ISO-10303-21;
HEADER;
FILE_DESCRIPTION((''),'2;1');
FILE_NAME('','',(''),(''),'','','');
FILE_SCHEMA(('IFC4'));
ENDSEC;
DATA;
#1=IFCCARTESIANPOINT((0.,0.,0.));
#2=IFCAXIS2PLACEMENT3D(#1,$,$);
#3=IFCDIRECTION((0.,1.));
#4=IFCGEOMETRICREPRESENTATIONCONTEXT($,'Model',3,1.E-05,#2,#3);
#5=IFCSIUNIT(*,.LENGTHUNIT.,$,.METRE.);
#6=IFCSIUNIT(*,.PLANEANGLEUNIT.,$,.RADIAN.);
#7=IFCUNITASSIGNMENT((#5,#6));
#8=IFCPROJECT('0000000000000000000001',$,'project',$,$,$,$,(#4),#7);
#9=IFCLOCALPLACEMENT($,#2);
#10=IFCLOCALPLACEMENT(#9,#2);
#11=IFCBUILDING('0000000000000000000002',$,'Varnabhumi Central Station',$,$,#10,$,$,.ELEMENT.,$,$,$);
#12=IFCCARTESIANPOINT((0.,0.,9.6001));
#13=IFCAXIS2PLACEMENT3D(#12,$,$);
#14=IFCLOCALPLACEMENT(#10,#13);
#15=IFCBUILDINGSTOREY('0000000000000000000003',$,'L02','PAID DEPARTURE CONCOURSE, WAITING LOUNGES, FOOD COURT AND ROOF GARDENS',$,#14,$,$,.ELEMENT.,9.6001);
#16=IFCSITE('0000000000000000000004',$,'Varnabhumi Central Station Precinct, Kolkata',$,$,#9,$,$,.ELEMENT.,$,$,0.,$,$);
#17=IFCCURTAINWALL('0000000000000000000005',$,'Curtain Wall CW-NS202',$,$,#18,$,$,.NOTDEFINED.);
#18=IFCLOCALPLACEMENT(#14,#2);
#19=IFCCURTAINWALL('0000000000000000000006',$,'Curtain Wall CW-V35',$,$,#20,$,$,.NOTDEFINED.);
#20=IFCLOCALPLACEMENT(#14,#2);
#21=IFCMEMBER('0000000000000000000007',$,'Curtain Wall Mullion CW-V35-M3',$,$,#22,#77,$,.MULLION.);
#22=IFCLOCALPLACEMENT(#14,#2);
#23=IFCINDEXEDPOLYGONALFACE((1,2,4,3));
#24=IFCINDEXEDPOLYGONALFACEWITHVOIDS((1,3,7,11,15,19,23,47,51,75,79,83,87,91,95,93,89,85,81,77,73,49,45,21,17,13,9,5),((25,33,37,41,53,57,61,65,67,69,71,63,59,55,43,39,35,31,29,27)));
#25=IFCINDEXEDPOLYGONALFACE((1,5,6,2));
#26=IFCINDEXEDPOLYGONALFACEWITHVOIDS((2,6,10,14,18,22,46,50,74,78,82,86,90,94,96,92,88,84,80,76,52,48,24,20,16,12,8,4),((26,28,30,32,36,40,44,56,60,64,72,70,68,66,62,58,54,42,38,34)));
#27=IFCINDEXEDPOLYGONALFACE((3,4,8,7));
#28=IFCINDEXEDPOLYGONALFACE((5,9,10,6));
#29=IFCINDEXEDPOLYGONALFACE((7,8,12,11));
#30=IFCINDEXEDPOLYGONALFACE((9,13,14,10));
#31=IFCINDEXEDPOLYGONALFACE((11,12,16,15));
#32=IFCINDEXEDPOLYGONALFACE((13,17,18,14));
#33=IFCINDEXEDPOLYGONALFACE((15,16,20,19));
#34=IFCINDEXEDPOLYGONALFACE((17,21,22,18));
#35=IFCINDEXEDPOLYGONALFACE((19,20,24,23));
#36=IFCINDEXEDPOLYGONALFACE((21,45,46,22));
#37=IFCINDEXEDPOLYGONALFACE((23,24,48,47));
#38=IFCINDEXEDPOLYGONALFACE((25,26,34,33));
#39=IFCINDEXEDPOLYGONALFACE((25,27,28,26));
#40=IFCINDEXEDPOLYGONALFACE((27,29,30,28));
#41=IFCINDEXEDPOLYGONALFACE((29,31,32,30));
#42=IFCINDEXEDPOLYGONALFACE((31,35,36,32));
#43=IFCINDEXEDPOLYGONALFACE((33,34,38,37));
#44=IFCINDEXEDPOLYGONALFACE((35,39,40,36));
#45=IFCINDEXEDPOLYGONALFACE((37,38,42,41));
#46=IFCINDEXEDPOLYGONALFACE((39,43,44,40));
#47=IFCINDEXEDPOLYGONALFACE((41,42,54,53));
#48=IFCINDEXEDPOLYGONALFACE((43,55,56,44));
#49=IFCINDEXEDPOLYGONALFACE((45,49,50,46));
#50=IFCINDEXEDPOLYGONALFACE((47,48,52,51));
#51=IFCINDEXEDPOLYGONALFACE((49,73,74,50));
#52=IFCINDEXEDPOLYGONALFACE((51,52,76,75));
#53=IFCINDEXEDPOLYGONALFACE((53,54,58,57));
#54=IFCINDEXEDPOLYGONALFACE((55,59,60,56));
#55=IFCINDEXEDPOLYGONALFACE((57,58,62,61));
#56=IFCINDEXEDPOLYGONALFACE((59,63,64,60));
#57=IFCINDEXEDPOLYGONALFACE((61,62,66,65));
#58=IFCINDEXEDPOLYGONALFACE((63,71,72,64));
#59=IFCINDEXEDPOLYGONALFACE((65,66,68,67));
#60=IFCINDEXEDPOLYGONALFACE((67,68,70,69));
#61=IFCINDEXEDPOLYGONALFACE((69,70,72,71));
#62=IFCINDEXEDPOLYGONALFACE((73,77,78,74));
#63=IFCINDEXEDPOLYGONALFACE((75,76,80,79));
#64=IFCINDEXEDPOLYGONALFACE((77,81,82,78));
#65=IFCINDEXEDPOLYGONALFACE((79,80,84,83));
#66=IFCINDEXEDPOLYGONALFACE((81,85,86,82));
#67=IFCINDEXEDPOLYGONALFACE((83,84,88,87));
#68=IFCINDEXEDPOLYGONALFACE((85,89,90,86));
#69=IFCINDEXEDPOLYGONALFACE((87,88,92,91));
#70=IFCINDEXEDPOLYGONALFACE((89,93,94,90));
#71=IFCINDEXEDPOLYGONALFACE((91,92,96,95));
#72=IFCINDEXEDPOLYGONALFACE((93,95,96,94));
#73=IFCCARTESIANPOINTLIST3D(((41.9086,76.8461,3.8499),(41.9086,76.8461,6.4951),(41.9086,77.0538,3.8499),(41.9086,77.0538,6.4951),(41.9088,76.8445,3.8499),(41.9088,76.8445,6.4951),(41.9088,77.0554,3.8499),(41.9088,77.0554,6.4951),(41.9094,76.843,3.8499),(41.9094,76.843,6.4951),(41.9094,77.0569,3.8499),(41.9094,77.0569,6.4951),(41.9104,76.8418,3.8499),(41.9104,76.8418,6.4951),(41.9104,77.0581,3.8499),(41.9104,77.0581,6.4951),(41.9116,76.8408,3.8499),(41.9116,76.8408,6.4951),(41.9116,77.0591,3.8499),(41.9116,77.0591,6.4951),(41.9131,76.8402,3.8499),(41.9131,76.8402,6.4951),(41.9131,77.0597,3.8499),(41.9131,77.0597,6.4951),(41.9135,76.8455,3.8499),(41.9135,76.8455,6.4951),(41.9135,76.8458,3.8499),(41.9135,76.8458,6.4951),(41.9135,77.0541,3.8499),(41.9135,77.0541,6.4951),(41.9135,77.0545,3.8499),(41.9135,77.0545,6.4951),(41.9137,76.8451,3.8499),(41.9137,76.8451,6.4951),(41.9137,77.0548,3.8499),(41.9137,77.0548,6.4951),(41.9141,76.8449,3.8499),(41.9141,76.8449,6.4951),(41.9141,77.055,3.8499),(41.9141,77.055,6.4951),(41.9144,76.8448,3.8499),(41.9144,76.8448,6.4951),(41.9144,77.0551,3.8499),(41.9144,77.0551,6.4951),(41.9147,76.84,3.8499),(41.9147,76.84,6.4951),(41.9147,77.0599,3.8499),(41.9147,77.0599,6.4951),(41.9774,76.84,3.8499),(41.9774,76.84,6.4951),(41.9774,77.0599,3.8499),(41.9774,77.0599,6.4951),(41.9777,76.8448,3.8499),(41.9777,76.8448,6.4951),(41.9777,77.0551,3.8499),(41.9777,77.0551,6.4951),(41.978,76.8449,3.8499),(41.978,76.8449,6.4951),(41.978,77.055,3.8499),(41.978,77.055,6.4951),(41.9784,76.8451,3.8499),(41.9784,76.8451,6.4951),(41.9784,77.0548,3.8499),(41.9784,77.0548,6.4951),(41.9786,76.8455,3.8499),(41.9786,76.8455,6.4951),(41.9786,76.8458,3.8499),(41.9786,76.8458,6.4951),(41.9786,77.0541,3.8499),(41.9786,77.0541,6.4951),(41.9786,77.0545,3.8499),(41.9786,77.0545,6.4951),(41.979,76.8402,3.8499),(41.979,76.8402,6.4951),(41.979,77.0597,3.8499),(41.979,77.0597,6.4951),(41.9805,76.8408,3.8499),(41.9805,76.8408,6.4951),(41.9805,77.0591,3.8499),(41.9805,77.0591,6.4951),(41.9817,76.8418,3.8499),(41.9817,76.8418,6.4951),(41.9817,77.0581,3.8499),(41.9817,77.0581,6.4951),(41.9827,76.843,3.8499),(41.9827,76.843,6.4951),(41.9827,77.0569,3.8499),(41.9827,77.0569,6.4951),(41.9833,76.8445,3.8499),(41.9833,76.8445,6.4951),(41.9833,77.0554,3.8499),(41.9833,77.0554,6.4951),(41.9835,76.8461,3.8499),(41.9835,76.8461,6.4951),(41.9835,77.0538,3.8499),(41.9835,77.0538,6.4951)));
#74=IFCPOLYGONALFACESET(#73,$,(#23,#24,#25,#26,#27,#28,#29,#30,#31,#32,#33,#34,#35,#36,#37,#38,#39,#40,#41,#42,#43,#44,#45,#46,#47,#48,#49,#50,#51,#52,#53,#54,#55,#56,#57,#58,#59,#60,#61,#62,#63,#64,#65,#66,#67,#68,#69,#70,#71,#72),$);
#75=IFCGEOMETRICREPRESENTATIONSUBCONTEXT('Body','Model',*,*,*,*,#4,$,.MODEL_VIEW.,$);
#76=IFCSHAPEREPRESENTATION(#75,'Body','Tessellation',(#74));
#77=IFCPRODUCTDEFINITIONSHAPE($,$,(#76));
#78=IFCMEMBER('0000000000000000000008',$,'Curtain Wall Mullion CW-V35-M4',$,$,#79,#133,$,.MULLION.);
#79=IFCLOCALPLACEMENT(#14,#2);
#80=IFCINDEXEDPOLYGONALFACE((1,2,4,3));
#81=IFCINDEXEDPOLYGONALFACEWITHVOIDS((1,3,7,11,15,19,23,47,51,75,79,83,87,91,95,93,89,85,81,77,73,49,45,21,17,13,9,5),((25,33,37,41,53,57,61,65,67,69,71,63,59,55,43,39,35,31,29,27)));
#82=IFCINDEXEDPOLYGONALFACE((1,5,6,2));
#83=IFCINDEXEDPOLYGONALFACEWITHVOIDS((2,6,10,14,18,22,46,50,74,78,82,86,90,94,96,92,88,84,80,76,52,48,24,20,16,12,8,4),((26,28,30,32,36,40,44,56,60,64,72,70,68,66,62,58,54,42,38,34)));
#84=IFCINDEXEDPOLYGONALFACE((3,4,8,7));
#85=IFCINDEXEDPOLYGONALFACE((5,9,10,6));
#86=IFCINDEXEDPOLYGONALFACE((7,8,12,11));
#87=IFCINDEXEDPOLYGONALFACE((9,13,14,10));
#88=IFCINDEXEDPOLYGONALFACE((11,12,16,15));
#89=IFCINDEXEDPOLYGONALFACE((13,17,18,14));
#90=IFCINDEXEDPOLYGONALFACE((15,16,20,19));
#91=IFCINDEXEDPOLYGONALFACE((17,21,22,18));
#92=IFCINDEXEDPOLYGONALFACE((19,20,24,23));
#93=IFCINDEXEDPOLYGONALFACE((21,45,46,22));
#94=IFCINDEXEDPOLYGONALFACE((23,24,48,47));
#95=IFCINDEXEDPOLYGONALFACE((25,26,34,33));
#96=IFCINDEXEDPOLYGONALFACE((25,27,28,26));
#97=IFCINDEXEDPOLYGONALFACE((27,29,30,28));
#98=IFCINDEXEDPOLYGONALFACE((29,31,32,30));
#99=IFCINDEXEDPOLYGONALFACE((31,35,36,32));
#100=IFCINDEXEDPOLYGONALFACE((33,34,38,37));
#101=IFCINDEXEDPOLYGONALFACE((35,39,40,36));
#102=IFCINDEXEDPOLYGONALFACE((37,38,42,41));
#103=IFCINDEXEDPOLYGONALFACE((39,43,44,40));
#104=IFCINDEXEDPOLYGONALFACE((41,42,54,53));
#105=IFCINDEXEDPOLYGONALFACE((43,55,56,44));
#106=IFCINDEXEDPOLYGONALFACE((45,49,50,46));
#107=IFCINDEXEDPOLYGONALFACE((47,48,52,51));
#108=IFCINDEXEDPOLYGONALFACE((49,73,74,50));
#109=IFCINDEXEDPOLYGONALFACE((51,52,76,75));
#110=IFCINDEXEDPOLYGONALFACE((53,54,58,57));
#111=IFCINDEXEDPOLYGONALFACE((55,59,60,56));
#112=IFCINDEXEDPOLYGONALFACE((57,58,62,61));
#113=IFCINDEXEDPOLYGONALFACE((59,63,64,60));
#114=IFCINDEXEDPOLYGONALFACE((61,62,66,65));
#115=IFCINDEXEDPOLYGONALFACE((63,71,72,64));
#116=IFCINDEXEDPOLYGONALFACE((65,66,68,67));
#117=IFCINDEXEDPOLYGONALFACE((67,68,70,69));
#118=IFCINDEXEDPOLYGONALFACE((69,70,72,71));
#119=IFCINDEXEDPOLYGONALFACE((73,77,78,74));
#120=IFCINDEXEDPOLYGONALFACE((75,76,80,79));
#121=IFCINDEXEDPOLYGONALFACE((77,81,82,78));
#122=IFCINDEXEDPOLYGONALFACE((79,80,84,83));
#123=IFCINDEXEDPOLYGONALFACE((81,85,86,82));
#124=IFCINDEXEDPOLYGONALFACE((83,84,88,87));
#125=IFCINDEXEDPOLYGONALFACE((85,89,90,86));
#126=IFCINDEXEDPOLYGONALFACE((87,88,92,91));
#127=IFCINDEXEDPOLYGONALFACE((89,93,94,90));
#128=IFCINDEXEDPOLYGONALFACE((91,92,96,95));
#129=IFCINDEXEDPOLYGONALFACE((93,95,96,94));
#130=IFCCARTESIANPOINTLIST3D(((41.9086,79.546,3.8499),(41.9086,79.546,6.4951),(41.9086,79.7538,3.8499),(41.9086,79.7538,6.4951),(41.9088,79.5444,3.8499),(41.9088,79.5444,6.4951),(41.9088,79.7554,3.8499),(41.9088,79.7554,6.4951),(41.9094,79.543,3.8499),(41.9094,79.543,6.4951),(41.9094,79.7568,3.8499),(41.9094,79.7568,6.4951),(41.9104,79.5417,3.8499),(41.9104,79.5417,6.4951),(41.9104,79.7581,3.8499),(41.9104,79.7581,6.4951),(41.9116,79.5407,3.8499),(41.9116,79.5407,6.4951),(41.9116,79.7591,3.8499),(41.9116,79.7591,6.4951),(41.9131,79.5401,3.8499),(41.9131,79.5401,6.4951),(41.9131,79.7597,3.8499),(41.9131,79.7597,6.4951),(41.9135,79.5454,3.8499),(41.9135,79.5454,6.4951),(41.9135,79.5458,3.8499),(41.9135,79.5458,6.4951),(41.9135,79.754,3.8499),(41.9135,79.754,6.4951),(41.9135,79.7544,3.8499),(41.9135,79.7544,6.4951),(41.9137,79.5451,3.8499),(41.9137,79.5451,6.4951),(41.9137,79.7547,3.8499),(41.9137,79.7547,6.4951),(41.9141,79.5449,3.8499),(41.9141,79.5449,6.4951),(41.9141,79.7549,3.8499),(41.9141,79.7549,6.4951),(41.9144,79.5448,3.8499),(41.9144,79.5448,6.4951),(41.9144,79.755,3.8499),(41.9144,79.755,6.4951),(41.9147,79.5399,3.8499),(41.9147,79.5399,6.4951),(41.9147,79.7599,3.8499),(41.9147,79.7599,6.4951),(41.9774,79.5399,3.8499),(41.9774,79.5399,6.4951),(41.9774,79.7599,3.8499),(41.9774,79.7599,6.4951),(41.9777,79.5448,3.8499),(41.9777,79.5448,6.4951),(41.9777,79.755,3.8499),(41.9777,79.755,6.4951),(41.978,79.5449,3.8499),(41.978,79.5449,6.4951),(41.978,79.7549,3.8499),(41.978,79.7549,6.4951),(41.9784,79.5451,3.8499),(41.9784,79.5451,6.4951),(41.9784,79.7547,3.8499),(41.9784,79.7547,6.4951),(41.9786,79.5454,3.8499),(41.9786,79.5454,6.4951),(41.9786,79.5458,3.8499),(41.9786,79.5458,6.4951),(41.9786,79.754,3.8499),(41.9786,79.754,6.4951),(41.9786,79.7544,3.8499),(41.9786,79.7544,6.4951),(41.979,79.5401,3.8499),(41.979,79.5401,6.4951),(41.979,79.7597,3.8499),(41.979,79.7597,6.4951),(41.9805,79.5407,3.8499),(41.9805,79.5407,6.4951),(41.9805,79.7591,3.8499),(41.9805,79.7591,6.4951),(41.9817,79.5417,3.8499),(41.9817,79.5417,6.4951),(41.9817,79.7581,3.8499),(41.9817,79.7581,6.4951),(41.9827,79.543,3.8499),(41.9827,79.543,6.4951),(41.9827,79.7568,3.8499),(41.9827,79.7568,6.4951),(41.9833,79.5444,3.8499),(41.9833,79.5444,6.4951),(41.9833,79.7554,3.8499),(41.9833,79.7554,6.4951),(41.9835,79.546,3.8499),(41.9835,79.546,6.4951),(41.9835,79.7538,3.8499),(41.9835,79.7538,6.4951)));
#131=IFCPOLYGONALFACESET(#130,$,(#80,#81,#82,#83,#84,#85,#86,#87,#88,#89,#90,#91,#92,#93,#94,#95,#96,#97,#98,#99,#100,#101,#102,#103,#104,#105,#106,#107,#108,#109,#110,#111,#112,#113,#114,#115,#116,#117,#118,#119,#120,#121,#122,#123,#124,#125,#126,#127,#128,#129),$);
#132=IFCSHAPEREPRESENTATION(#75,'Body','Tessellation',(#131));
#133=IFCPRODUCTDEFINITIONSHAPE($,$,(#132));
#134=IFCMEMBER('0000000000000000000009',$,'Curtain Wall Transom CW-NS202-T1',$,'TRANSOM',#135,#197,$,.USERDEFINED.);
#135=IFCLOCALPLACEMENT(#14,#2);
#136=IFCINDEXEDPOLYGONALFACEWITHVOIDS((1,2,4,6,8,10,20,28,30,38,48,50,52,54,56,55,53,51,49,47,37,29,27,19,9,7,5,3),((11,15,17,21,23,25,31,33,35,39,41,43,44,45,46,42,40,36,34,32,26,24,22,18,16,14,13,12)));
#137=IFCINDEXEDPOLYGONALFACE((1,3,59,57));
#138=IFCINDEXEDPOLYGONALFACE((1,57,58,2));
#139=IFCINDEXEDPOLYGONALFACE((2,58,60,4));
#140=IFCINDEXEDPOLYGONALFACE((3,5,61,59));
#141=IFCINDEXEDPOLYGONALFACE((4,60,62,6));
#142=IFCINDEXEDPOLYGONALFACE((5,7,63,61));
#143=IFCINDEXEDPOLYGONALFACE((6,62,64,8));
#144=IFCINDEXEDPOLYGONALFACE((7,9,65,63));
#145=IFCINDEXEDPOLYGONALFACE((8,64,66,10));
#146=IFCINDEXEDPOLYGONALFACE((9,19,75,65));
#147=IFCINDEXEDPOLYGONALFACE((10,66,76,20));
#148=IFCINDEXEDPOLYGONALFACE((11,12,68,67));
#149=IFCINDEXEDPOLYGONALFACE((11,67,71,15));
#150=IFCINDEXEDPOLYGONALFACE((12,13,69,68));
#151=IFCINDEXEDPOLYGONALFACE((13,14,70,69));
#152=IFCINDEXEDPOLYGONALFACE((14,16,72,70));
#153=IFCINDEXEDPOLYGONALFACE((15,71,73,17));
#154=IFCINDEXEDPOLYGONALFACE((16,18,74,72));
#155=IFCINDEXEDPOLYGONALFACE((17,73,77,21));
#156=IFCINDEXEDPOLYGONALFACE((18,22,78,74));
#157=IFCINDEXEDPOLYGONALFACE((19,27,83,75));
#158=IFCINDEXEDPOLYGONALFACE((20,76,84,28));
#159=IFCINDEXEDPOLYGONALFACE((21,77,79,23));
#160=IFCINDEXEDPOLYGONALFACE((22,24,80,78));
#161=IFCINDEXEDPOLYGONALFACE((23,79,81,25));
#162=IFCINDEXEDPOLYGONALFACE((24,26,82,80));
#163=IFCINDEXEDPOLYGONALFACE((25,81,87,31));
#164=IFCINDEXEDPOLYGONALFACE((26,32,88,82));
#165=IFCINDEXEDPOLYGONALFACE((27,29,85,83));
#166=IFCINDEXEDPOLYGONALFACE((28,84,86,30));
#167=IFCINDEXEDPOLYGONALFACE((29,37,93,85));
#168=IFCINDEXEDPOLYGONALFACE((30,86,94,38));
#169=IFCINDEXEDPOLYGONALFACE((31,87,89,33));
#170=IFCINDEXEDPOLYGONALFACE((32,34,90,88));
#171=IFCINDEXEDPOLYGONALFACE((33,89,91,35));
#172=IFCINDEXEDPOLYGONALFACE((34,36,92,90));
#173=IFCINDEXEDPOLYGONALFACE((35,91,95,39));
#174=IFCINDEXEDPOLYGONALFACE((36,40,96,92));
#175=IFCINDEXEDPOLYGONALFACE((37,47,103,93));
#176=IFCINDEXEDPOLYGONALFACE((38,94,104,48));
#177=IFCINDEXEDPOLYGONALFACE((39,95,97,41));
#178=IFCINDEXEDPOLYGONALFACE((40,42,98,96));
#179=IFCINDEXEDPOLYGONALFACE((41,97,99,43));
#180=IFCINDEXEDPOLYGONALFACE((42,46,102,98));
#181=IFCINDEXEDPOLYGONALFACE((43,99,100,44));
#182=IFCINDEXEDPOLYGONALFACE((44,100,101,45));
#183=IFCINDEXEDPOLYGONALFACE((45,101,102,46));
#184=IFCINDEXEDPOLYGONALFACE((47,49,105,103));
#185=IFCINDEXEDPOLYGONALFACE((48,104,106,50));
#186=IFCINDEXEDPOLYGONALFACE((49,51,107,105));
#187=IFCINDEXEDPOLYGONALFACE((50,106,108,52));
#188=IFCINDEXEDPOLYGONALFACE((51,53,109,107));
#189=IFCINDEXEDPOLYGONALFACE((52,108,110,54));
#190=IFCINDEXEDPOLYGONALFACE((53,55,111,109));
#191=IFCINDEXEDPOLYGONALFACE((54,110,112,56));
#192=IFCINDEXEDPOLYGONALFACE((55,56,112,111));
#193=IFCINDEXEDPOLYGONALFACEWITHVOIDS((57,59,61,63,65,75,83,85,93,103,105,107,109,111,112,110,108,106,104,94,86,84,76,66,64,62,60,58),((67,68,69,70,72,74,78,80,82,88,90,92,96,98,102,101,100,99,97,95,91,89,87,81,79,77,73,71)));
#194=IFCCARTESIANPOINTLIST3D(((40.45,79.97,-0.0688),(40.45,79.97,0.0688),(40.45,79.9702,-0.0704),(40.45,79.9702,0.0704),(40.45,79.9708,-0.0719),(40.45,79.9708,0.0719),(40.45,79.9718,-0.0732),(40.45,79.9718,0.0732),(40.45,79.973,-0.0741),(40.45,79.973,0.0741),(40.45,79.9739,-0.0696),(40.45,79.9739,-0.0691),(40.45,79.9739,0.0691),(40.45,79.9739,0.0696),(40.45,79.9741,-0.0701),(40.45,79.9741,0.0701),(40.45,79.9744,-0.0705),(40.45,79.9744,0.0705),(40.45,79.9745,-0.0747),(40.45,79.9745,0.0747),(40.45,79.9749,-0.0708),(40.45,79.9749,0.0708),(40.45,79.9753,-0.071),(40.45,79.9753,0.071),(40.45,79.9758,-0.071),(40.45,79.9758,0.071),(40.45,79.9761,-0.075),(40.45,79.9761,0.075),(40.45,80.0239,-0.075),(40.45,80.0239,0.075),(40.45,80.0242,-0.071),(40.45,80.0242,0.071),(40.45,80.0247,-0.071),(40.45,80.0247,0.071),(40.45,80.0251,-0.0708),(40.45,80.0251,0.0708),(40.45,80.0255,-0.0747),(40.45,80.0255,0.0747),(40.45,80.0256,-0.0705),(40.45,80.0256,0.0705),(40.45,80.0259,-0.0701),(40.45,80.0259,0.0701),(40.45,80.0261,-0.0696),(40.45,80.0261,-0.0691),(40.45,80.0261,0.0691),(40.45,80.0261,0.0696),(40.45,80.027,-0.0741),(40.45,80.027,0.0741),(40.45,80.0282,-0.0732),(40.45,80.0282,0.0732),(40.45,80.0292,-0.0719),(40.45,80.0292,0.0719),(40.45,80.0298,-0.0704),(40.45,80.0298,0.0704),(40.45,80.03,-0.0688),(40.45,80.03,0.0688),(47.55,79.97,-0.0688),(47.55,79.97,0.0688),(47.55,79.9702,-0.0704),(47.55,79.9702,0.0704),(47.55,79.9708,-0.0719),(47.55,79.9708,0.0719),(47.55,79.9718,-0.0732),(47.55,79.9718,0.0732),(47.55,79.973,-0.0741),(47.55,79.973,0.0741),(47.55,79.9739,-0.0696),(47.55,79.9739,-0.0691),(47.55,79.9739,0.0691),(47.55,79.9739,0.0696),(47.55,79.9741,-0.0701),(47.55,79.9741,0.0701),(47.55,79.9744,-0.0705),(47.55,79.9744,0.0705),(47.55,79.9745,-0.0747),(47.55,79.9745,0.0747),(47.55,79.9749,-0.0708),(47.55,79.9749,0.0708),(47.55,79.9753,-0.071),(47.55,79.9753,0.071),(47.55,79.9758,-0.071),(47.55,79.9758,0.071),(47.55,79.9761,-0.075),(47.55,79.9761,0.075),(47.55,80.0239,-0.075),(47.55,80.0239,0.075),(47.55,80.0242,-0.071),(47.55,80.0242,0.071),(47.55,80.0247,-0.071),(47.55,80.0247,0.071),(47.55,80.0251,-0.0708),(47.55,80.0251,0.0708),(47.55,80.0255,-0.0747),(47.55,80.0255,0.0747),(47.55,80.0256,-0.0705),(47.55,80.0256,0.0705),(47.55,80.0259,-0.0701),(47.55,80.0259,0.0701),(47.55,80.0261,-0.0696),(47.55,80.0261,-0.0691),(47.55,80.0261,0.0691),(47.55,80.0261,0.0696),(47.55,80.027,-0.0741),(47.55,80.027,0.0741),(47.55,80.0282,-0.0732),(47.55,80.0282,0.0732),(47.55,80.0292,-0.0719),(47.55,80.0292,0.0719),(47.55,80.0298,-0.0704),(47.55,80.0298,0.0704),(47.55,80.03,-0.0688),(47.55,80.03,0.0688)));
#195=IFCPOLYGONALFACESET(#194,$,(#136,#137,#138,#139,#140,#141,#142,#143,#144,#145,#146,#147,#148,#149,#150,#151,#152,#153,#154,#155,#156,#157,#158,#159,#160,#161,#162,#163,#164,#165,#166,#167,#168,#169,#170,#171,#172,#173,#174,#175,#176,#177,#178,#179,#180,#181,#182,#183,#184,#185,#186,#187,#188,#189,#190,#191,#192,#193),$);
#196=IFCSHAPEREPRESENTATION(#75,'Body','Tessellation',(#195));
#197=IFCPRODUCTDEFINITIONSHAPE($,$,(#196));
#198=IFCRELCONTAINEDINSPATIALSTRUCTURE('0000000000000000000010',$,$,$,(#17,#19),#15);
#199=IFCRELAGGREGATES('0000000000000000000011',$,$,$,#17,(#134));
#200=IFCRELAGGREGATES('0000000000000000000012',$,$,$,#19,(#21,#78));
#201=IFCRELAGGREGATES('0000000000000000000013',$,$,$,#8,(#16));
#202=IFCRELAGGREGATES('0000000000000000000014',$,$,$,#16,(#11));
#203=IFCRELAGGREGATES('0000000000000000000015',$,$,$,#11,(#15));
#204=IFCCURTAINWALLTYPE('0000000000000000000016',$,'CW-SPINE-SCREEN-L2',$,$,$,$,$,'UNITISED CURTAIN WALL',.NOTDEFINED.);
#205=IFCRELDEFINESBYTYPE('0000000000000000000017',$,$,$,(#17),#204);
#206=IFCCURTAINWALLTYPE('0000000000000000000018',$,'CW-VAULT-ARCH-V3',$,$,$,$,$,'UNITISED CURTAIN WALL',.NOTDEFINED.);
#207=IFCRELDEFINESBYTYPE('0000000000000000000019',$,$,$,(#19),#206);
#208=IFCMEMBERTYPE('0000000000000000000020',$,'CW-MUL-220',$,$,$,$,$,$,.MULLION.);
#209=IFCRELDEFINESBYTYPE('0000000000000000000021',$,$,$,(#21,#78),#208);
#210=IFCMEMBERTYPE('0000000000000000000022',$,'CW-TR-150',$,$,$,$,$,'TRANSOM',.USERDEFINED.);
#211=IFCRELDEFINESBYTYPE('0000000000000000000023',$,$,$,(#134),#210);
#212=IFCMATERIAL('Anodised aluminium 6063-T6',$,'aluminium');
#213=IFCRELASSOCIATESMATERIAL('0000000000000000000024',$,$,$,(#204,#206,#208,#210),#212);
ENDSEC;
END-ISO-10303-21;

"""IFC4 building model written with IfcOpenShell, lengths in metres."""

from ifc_helpers import new_model, si_unit, direction, frame, origin, origin_2d, place, context, subcontext, project, spatial, hollow_rectangle, extrude, material, material_profile, profile_set, type_object, element, aggregate, save


model = new_model("IFC4")

# Units and contexts
model_context = context("Model", 3, precision=1e-05, world=origin(), true_north=direction((0.0, 1.0)))
body_context = subcontext(model_context, "Body", "Model", "MODEL_VIEW")
ifc_project = project(units=[si_unit("LENGTHUNIT", "METRE"), si_unit("PLANEANGLEUNIT", "RADIAN")], contexts=[model_context])

# Site, building, storey
site_placement = place(None, origin())
site = spatial("IfcSite", under=ifc_project, at=site_placement, Name="Varnabhumi Central Station Precinct, Kolkata", CompositionType="ELEMENT", RefElevation=0.0)
building_placement = place(site_placement, origin())
building = spatial("IfcBuilding", under=site, at=building_placement, Name="Varnabhumi Central Station", CompositionType="ELEMENT")
storey_placement = place(building_placement, frame((0.0, 0.0, 9.6001)))
storey = spatial("IfcBuildingStorey", under=building, at=storey_placement, Name="L02", Description="PAID DEPARTURE CONCOURSE, WAITING LOUNGES, FOOD COURT AND ROOF GARDENS", CompositionType="ELEMENT", Elevation=9.6001)

# Curtain wall
ifc_material_1 = material(Name="Anodised aluminium 6063-T6", Category="aluminium")
curtain_wall_type_1 = type_object("IfcCurtainWallType", Name="CW-SPINE-SCREEN-L2", ElementType="UNITISED CURTAIN WALL", PredefinedType="NOTDEFINED", material=ifc_material_1)
curtain_wall_1_placement = place(storey_placement, origin())
curtain_wall_1 = element("IfcCurtainWall", 1, at=curtain_wall_1_placement, inside=storey, type_object=curtain_wall_type_1, Name="Curtain Wall CW-NS202", PredefinedType="NOTDEFINED")

# Curtain wall, members
curtain_wall_type_2 = type_object("IfcCurtainWallType", Name="CW-VAULT-ARCH-V3", ElementType="UNITISED CURTAIN WALL", PredefinedType="NOTDEFINED", material=ifc_material_1)
curtain_wall_2_placement = place(storey_placement, origin())
curtain_wall_2 = element("IfcCurtainWall", 2, at=curtain_wall_2_placement, inside=storey, type_object=curtain_wall_type_2, Name="Curtain Wall CW-V35", PredefinedType="NOTDEFINED")
ifc_material_profile_1 = material_profile(ifc_material_1, hollow_rectangle(XDim=0.075, YDim=0.22, WallThickness=0.0049, InnerFilletRadius=0.001, OuterFilletRadius=0.0061, at=origin_2d()), Name="Anodised aluminium 6063-T6", Category="aluminium")
ifc_profile_set_1 = profile_set([ifc_material_profile_1], Name="Anodised aluminium 6063-T6")
member_type_1 = type_object("IfcMemberType", Name="CW-MUL-220", PredefinedType="MULLION", material=ifc_profile_set_1)
member_1_placement = place(storey_placement, frame((41.946, 76.95, 3.8499), z_axis=(0.0, 0.0, 1.0), x_axis=(1.0, 0.0, 0.0)))
member_1 = element("IfcMember", 3, at=member_1_placement, type_object=member_type_1, Name="Curtain Wall Mullion CW-V35-M3", PredefinedType="MULLION", context=body_context, shape_type="SweptSolid", body=[
    extrude(hollow_rectangle(XDim=0.075, YDim=0.22, WallThickness=0.0049, InnerFilletRadius=0.001, OuterFilletRadius=0.0061, at=origin_2d()), origin(), (0.0, 0.0, 1.0), 2.6453),
])
member_2_placement = place(storey_placement, frame((41.946, 79.6499, 3.8499), z_axis=(0.0, 0.0, 1.0), x_axis=(1.0, 0.0, 0.0)))
member_2 = element("IfcMember", 4, at=member_2_placement, type_object=member_type_1, Name="Curtain Wall Mullion CW-V35-M4", PredefinedType="MULLION", context=body_context, shape_type="SweptSolid", body=[
    extrude(hollow_rectangle(XDim=0.075, YDim=0.22, WallThickness=0.0049, InnerFilletRadius=0.001, OuterFilletRadius=0.0061, at=origin_2d()), origin(), (0.0, 0.0, 1.0), 2.6453),
])

# Member
ifc_material_profile_2 = material_profile(ifc_material_1, hollow_rectangle(XDim=0.0601, YDim=0.1499, WallThickness=0.0039, InnerFilletRadius=0.002, OuterFilletRadius=0.0061, at=origin_2d()), Name="Anodised aluminium 6063-T6", Category="aluminium")
ifc_profile_set_2 = profile_set([ifc_material_profile_2], Name="Anodised aluminium 6063-T6")
member_type_2 = type_object("IfcMemberType", Name="CW-TR-150", ElementType="TRANSOM", PredefinedType="USERDEFINED", material=ifc_profile_set_2)
member_3_placement = place(storey_placement, frame((40.45, 80.0, 0.0), z_axis=(1.0, 0.0, 0.0), x_axis=(0.0, 1.0, 0.0)))
member_3 = element("IfcMember", 5, at=member_3_placement, type_object=member_type_2, Name="Curtain Wall Transom CW-NS202-T1", ObjectType="TRANSOM", PredefinedType="USERDEFINED", context=body_context, shape_type="SweptSolid", body=[
    extrude(hollow_rectangle(XDim=0.0601, YDim=0.1499, WallThickness=0.0039, InnerFilletRadius=0.002, OuterFilletRadius=0.0061, at=origin_2d()), origin(), (0.0, 0.0, 1.0), 7.1001),
])
aggregate(curtain_wall_1, [member_3])

aggregate(curtain_wall_2, [member_1, member_2])

save(model, "model.ifc")
